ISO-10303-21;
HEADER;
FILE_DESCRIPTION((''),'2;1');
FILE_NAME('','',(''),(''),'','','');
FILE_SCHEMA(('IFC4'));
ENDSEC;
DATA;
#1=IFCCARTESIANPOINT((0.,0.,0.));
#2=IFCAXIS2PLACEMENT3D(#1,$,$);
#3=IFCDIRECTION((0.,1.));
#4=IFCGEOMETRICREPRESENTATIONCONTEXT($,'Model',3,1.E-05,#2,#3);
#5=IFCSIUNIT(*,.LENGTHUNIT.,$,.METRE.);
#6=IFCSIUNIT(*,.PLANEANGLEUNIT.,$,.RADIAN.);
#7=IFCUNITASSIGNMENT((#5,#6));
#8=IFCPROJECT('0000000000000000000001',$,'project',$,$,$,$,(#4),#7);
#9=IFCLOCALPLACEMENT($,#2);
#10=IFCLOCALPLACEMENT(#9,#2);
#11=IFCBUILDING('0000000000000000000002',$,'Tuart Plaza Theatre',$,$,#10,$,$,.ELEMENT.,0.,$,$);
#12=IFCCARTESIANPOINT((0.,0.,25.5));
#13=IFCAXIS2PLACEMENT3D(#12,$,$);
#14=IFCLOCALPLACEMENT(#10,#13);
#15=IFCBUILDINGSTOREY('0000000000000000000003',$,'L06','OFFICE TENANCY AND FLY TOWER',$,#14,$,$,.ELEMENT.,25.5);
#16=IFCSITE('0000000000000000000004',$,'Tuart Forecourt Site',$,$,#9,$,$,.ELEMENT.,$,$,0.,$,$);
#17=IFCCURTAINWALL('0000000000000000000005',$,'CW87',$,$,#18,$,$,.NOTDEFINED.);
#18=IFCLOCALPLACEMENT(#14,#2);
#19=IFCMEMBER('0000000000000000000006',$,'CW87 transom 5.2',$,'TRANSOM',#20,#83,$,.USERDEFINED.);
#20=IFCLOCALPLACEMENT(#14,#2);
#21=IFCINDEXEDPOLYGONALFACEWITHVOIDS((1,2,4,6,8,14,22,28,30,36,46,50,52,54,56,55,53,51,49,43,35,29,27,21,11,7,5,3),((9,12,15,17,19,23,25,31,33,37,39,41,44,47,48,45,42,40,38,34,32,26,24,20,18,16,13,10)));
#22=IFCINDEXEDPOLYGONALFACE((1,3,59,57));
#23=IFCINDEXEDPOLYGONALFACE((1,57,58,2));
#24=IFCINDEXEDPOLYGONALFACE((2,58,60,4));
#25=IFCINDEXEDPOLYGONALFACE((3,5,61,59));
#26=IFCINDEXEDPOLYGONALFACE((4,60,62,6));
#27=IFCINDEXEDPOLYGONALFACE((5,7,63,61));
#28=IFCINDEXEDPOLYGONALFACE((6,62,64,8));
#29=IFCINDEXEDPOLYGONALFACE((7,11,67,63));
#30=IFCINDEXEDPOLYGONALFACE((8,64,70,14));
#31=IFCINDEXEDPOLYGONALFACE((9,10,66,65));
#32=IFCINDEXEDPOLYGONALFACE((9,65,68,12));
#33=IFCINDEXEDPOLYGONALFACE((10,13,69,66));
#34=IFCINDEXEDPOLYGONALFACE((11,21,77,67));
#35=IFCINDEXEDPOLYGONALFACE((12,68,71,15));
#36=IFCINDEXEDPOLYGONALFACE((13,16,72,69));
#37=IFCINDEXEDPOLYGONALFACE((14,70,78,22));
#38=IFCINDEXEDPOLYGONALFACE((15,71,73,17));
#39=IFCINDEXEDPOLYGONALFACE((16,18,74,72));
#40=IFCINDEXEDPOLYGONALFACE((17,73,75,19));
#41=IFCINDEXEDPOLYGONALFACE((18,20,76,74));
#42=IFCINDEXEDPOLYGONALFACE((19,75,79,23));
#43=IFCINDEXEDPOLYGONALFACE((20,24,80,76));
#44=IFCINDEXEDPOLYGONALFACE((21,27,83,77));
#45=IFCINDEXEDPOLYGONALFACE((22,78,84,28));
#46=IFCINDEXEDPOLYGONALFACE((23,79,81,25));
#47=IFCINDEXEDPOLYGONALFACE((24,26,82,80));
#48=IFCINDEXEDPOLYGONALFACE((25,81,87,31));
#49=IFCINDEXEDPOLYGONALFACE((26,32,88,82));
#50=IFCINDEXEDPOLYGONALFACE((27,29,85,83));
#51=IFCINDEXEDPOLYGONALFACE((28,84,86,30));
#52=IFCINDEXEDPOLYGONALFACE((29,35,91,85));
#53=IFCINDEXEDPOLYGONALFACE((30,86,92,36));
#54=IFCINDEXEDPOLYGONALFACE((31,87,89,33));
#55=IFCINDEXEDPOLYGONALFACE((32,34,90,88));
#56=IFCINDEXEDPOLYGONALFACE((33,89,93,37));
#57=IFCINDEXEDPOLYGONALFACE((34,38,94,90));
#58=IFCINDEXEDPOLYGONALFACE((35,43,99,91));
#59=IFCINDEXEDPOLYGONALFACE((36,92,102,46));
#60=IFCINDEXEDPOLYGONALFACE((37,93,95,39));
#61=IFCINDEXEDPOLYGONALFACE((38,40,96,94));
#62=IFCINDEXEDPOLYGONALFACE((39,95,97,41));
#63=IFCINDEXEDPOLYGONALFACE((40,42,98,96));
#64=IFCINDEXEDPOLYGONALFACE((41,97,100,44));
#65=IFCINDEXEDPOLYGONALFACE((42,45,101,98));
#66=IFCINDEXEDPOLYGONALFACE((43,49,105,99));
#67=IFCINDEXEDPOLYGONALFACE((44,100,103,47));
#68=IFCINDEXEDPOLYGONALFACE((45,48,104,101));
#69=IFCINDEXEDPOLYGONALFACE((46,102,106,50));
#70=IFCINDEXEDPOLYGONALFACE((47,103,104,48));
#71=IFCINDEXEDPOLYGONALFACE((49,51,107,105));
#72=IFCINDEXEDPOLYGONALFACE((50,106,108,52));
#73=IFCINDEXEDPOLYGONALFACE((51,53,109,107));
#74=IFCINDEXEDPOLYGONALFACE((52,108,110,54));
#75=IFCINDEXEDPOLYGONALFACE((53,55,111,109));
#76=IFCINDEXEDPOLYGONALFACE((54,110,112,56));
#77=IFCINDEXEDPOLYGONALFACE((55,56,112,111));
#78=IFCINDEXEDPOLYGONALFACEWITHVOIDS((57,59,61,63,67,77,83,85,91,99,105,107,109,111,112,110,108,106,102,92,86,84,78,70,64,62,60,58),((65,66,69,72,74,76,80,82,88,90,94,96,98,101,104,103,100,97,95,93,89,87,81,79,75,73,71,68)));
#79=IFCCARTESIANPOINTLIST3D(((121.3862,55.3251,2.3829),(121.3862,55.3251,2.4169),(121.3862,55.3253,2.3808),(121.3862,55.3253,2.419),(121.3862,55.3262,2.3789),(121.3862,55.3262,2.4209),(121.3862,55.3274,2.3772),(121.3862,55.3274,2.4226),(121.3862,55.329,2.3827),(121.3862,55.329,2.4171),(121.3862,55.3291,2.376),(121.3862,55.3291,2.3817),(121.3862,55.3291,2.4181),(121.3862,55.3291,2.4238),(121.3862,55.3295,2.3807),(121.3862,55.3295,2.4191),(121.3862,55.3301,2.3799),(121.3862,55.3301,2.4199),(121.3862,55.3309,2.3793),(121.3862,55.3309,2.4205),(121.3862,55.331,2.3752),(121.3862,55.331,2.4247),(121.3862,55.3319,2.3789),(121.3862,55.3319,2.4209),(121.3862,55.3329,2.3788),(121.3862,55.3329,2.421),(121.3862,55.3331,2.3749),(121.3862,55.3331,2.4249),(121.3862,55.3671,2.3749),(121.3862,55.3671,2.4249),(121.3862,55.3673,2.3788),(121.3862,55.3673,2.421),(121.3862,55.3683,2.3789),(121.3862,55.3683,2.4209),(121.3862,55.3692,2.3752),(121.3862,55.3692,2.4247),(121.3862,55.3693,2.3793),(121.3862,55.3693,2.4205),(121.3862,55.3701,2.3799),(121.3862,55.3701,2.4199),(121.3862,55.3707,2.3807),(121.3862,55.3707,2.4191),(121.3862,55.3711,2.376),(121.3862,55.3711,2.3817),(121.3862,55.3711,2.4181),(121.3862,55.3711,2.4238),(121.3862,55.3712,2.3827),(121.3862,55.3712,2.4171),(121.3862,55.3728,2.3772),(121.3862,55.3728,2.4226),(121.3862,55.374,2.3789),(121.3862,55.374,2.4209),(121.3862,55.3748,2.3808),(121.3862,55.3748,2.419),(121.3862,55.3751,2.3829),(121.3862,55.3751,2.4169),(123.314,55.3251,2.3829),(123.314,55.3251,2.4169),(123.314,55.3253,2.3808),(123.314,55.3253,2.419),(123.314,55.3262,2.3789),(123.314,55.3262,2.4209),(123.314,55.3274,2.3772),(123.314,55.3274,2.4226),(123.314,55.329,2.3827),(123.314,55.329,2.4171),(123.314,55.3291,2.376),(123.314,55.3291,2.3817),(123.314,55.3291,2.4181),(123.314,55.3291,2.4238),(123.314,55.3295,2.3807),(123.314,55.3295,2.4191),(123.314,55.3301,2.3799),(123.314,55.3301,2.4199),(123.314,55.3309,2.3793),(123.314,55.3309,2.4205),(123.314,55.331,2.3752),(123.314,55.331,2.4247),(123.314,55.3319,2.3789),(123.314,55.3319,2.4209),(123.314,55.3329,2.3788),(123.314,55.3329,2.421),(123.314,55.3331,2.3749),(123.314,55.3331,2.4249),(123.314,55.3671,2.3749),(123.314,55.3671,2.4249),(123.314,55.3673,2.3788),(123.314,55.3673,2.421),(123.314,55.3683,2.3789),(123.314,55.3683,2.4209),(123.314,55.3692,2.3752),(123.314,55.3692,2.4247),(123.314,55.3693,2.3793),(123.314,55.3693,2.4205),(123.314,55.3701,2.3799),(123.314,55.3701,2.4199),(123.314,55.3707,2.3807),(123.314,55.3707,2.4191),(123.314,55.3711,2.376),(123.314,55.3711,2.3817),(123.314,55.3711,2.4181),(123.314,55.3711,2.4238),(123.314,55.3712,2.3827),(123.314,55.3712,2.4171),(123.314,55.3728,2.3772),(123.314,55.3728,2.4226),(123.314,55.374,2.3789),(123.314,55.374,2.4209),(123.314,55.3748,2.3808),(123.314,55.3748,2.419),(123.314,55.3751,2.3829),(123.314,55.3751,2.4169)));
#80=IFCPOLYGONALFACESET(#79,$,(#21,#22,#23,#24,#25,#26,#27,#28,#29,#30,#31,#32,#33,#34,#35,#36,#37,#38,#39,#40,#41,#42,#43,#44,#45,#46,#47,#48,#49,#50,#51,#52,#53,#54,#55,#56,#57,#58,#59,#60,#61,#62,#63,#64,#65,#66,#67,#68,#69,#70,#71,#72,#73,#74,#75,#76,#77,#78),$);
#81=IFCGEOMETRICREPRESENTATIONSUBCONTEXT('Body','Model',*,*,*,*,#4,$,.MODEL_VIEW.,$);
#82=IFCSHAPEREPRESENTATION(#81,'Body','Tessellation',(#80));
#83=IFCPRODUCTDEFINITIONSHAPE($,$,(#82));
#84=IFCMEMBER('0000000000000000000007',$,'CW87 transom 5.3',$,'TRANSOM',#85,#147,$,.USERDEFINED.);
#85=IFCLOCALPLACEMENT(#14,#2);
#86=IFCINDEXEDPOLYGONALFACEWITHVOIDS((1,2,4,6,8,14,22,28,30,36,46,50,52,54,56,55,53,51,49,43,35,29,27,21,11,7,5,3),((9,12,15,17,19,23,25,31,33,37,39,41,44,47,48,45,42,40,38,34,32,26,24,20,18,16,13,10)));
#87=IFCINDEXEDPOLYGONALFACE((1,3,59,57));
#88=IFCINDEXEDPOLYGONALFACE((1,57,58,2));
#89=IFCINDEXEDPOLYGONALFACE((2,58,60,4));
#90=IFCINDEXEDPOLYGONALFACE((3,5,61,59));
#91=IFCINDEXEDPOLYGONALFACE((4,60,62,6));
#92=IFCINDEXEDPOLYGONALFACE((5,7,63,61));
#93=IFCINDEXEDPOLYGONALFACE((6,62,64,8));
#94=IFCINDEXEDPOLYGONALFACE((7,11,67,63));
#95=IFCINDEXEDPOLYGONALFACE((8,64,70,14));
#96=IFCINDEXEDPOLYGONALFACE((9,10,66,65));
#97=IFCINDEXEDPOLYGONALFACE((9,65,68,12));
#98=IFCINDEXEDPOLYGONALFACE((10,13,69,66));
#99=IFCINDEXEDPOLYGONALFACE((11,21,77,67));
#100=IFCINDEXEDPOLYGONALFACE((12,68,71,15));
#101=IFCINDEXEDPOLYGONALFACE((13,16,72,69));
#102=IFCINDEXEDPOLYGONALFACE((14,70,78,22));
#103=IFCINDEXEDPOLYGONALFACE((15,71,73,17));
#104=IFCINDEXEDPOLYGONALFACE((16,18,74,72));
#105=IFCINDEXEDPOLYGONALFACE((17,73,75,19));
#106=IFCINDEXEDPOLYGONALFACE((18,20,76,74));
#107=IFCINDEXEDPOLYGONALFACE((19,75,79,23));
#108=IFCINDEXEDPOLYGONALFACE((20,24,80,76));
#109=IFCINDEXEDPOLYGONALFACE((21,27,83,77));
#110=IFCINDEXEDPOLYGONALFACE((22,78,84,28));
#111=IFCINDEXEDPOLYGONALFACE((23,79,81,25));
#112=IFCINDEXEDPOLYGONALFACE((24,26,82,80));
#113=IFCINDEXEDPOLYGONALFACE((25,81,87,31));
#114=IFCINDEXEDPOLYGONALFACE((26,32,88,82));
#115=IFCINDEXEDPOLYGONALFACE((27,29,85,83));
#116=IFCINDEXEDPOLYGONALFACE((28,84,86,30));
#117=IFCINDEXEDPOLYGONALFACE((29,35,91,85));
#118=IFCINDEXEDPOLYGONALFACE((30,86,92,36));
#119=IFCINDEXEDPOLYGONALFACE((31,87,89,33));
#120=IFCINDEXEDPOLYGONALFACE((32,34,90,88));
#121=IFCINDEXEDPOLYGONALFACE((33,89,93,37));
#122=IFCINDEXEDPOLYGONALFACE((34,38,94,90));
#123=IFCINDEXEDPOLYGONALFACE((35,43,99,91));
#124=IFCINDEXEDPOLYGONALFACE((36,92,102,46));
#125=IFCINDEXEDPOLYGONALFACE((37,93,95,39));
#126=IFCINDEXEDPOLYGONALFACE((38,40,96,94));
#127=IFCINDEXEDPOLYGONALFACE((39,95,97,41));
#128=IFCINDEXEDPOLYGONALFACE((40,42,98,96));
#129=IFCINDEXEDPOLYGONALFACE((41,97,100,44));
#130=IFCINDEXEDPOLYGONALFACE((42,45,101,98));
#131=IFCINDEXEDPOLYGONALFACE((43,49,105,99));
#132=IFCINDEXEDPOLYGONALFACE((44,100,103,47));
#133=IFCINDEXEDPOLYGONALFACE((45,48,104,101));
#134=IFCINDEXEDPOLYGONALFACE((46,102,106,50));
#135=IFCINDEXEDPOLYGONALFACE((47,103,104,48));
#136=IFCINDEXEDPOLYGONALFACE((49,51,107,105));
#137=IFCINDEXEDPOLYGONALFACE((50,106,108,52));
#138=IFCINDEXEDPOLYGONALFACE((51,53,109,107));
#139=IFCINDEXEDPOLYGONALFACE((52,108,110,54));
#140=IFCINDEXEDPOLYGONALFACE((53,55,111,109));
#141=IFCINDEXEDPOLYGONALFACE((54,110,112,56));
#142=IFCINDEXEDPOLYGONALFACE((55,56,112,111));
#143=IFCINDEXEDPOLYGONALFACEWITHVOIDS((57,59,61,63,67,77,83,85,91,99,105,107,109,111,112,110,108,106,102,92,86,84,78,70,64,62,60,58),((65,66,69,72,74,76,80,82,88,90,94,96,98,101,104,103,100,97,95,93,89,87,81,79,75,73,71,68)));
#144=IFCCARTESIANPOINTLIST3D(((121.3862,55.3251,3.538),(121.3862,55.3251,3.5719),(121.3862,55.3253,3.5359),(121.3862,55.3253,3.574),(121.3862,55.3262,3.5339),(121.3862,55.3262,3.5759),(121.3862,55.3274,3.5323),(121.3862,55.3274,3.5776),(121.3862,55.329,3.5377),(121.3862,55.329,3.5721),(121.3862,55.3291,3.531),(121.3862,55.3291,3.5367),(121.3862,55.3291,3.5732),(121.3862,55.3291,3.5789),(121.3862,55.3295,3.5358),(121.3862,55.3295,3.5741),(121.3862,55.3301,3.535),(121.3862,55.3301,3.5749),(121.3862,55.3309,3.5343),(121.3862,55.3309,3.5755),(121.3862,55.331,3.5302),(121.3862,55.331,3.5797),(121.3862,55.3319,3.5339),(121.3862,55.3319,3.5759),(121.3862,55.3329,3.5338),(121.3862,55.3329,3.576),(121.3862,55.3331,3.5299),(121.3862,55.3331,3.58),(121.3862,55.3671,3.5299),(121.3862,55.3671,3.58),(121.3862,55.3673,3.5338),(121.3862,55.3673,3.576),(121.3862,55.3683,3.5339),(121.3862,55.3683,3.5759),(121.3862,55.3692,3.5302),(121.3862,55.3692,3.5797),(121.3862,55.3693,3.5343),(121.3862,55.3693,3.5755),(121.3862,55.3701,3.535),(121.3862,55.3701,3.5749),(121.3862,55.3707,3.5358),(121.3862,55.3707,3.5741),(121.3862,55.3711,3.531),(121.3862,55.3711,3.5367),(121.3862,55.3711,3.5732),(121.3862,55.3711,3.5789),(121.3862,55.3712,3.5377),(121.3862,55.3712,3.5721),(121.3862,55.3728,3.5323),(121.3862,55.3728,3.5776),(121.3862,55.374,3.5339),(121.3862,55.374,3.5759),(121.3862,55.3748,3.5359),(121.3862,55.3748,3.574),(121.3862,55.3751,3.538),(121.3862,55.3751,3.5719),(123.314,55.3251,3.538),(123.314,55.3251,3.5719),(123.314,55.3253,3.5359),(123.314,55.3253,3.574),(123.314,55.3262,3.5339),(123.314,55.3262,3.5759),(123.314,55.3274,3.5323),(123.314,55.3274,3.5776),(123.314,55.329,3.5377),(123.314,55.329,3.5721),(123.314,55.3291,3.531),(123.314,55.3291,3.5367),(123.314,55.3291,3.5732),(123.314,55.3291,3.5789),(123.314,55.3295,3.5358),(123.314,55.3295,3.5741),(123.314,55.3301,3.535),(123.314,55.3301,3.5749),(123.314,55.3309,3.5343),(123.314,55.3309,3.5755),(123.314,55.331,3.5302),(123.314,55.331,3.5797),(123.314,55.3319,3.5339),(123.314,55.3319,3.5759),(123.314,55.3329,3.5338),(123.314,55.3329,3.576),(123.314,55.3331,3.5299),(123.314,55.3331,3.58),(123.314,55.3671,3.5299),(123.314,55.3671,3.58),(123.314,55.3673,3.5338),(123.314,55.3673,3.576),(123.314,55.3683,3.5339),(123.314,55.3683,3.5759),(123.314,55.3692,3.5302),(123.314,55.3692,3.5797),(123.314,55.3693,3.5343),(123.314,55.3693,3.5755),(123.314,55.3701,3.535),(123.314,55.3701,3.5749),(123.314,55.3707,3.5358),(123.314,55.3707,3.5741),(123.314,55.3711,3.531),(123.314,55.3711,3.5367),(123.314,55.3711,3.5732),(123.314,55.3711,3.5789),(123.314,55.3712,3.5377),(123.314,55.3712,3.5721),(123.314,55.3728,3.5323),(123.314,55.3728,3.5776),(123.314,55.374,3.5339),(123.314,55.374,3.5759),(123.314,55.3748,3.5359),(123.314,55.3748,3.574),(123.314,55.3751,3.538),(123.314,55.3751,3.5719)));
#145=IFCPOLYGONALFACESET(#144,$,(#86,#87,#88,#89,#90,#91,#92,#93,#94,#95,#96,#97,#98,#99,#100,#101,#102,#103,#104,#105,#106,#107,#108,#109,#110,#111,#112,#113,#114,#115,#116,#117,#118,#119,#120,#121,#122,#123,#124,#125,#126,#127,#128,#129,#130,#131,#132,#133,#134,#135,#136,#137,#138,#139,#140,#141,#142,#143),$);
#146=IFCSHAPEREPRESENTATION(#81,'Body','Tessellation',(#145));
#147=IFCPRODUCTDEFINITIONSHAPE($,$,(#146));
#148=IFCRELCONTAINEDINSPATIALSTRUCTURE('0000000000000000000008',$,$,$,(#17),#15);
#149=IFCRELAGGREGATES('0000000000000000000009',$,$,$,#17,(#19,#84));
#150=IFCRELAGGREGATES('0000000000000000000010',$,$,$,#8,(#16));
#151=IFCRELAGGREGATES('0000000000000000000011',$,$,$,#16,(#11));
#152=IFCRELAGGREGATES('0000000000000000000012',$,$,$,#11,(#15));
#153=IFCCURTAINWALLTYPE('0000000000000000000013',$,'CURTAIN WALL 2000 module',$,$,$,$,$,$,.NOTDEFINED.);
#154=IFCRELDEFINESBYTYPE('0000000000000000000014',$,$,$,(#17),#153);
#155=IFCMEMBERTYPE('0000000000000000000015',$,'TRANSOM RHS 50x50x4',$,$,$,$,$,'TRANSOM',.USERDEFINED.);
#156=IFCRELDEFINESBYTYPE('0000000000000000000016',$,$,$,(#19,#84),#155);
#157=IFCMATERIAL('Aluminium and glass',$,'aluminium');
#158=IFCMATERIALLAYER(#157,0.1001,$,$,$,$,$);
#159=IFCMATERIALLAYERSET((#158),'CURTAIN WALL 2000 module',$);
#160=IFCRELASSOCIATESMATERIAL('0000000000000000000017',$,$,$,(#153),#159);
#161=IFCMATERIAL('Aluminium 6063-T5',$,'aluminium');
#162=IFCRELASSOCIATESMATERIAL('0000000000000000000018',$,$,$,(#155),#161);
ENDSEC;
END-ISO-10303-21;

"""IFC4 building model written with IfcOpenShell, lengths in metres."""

from ifc_helpers import new_model, si_unit, direction, frame, origin, origin_2d, place, context, subcontext, project, spatial, hollow_rectangle, extrude, material, layer, layer_set, material_profile, profile_set, type_object, element, aggregate, save


model = new_model("IFC4")

# Units and contexts
model_context = context("Model", 3, precision=1e-05, world=origin(), true_north=direction((0.0, 1.0)))
body_context = subcontext(model_context, "Body", "Model", "MODEL_VIEW")
ifc_project = project(units=[si_unit("LENGTHUNIT", "METRE"), si_unit("PLANEANGLEUNIT", "RADIAN")], contexts=[model_context])

# Site, building, storey
site_placement = place(None, origin())
site = spatial("IfcSite", under=ifc_project, at=site_placement, Name="Tuart Forecourt Site", CompositionType="ELEMENT", RefElevation=0.0)
building_placement = place(site_placement, origin())
building = spatial("IfcBuilding", under=site, at=building_placement, Name="Tuart Plaza Theatre", CompositionType="ELEMENT", ElevationOfRefHeight=0.0)
storey_placement = place(building_placement, frame((0.0, 0.0, 25.5)))
storey = spatial("IfcBuildingStorey", under=building, at=storey_placement, Name="L06", Description="OFFICE TENANCY AND FLY TOWER", CompositionType="ELEMENT", Elevation=25.5)

# Curtain wall, members
ifc_material_1 = material(Name="Aluminium and glass", Category="aluminium")
ifc_layer_1 = layer(ifc_material_1, 0.1001)
ifc_layer_set_1 = layer_set([ifc_layer_1], Name="CURTAIN WALL 2000 module")
curtain_wall_type = type_object("IfcCurtainWallType", Name="CURTAIN WALL 2000 module", PredefinedType="NOTDEFINED", material=ifc_layer_set_1)
curtain_wall_placement = place(storey_placement, origin())
curtain_wall = element("IfcCurtainWall", 1, at=curtain_wall_placement, inside=storey, type_object=curtain_wall_type, Name="CW87", PredefinedType="NOTDEFINED")
ifc_material_2 = material(Name="Aluminium 6063-T5", Category="aluminium")
ifc_material_profile_1 = material_profile(ifc_material_2, hollow_rectangle(XDim=0.05, YDim=0.05, WallThickness=0.0039, InnerFilletRadius=0.0039, OuterFilletRadius=0.0081, at=origin_2d()), Name="RHS 50x50x4")
ifc_profile_set_1 = profile_set([ifc_material_profile_1], Name="Aluminium 6063-T5")
member_type_1 = type_object("IfcMemberType", Name="TRANSOM RHS 50x50x4", ElementType="TRANSOM", PredefinedType="USERDEFINED", material=ifc_profile_set_1)
member_1_placement = place(storey_placement, frame((121.3862, 55.3501, 2.3999), z_axis=(1.0, 0.0, 0.0), x_axis=(0.0, 1.0, 0.0)))
member_1 = element("IfcMember", 2, at=member_1_placement, type_object=member_type_1, Name="CW87 transom 5.2", ObjectType="TRANSOM", PredefinedType="USERDEFINED", context=body_context, shape_type="SweptSolid", body=[
    extrude(hollow_rectangle(XDim=0.05, YDim=0.05, WallThickness=0.0039, InnerFilletRadius=0.0039, OuterFilletRadius=0.0081, at=origin_2d()), origin(), (0.0, 0.0, 1.0), 1.9277),
])
member_2_placement = place(storey_placement, frame((121.3862, 55.3501, 3.5549), z_axis=(1.0, 0.0, 0.0), x_axis=(0.0, 1.0, 0.0)))
member_2 = element("IfcMember", 3, at=member_2_placement, type_object=member_type_1, Name="CW87 transom 5.3", ObjectType="TRANSOM", PredefinedType="USERDEFINED", context=body_context, shape_type="SweptSolid", body=[
    extrude(hollow_rectangle(XDim=0.05, YDim=0.05, WallThickness=0.0039, InnerFilletRadius=0.0039, OuterFilletRadius=0.0081, at=origin_2d()), origin(), (0.0, 0.0, 1.0), 1.9277),
])
aggregate(curtain_wall, [member_1, member_2])

save(model, "model.ifc")
